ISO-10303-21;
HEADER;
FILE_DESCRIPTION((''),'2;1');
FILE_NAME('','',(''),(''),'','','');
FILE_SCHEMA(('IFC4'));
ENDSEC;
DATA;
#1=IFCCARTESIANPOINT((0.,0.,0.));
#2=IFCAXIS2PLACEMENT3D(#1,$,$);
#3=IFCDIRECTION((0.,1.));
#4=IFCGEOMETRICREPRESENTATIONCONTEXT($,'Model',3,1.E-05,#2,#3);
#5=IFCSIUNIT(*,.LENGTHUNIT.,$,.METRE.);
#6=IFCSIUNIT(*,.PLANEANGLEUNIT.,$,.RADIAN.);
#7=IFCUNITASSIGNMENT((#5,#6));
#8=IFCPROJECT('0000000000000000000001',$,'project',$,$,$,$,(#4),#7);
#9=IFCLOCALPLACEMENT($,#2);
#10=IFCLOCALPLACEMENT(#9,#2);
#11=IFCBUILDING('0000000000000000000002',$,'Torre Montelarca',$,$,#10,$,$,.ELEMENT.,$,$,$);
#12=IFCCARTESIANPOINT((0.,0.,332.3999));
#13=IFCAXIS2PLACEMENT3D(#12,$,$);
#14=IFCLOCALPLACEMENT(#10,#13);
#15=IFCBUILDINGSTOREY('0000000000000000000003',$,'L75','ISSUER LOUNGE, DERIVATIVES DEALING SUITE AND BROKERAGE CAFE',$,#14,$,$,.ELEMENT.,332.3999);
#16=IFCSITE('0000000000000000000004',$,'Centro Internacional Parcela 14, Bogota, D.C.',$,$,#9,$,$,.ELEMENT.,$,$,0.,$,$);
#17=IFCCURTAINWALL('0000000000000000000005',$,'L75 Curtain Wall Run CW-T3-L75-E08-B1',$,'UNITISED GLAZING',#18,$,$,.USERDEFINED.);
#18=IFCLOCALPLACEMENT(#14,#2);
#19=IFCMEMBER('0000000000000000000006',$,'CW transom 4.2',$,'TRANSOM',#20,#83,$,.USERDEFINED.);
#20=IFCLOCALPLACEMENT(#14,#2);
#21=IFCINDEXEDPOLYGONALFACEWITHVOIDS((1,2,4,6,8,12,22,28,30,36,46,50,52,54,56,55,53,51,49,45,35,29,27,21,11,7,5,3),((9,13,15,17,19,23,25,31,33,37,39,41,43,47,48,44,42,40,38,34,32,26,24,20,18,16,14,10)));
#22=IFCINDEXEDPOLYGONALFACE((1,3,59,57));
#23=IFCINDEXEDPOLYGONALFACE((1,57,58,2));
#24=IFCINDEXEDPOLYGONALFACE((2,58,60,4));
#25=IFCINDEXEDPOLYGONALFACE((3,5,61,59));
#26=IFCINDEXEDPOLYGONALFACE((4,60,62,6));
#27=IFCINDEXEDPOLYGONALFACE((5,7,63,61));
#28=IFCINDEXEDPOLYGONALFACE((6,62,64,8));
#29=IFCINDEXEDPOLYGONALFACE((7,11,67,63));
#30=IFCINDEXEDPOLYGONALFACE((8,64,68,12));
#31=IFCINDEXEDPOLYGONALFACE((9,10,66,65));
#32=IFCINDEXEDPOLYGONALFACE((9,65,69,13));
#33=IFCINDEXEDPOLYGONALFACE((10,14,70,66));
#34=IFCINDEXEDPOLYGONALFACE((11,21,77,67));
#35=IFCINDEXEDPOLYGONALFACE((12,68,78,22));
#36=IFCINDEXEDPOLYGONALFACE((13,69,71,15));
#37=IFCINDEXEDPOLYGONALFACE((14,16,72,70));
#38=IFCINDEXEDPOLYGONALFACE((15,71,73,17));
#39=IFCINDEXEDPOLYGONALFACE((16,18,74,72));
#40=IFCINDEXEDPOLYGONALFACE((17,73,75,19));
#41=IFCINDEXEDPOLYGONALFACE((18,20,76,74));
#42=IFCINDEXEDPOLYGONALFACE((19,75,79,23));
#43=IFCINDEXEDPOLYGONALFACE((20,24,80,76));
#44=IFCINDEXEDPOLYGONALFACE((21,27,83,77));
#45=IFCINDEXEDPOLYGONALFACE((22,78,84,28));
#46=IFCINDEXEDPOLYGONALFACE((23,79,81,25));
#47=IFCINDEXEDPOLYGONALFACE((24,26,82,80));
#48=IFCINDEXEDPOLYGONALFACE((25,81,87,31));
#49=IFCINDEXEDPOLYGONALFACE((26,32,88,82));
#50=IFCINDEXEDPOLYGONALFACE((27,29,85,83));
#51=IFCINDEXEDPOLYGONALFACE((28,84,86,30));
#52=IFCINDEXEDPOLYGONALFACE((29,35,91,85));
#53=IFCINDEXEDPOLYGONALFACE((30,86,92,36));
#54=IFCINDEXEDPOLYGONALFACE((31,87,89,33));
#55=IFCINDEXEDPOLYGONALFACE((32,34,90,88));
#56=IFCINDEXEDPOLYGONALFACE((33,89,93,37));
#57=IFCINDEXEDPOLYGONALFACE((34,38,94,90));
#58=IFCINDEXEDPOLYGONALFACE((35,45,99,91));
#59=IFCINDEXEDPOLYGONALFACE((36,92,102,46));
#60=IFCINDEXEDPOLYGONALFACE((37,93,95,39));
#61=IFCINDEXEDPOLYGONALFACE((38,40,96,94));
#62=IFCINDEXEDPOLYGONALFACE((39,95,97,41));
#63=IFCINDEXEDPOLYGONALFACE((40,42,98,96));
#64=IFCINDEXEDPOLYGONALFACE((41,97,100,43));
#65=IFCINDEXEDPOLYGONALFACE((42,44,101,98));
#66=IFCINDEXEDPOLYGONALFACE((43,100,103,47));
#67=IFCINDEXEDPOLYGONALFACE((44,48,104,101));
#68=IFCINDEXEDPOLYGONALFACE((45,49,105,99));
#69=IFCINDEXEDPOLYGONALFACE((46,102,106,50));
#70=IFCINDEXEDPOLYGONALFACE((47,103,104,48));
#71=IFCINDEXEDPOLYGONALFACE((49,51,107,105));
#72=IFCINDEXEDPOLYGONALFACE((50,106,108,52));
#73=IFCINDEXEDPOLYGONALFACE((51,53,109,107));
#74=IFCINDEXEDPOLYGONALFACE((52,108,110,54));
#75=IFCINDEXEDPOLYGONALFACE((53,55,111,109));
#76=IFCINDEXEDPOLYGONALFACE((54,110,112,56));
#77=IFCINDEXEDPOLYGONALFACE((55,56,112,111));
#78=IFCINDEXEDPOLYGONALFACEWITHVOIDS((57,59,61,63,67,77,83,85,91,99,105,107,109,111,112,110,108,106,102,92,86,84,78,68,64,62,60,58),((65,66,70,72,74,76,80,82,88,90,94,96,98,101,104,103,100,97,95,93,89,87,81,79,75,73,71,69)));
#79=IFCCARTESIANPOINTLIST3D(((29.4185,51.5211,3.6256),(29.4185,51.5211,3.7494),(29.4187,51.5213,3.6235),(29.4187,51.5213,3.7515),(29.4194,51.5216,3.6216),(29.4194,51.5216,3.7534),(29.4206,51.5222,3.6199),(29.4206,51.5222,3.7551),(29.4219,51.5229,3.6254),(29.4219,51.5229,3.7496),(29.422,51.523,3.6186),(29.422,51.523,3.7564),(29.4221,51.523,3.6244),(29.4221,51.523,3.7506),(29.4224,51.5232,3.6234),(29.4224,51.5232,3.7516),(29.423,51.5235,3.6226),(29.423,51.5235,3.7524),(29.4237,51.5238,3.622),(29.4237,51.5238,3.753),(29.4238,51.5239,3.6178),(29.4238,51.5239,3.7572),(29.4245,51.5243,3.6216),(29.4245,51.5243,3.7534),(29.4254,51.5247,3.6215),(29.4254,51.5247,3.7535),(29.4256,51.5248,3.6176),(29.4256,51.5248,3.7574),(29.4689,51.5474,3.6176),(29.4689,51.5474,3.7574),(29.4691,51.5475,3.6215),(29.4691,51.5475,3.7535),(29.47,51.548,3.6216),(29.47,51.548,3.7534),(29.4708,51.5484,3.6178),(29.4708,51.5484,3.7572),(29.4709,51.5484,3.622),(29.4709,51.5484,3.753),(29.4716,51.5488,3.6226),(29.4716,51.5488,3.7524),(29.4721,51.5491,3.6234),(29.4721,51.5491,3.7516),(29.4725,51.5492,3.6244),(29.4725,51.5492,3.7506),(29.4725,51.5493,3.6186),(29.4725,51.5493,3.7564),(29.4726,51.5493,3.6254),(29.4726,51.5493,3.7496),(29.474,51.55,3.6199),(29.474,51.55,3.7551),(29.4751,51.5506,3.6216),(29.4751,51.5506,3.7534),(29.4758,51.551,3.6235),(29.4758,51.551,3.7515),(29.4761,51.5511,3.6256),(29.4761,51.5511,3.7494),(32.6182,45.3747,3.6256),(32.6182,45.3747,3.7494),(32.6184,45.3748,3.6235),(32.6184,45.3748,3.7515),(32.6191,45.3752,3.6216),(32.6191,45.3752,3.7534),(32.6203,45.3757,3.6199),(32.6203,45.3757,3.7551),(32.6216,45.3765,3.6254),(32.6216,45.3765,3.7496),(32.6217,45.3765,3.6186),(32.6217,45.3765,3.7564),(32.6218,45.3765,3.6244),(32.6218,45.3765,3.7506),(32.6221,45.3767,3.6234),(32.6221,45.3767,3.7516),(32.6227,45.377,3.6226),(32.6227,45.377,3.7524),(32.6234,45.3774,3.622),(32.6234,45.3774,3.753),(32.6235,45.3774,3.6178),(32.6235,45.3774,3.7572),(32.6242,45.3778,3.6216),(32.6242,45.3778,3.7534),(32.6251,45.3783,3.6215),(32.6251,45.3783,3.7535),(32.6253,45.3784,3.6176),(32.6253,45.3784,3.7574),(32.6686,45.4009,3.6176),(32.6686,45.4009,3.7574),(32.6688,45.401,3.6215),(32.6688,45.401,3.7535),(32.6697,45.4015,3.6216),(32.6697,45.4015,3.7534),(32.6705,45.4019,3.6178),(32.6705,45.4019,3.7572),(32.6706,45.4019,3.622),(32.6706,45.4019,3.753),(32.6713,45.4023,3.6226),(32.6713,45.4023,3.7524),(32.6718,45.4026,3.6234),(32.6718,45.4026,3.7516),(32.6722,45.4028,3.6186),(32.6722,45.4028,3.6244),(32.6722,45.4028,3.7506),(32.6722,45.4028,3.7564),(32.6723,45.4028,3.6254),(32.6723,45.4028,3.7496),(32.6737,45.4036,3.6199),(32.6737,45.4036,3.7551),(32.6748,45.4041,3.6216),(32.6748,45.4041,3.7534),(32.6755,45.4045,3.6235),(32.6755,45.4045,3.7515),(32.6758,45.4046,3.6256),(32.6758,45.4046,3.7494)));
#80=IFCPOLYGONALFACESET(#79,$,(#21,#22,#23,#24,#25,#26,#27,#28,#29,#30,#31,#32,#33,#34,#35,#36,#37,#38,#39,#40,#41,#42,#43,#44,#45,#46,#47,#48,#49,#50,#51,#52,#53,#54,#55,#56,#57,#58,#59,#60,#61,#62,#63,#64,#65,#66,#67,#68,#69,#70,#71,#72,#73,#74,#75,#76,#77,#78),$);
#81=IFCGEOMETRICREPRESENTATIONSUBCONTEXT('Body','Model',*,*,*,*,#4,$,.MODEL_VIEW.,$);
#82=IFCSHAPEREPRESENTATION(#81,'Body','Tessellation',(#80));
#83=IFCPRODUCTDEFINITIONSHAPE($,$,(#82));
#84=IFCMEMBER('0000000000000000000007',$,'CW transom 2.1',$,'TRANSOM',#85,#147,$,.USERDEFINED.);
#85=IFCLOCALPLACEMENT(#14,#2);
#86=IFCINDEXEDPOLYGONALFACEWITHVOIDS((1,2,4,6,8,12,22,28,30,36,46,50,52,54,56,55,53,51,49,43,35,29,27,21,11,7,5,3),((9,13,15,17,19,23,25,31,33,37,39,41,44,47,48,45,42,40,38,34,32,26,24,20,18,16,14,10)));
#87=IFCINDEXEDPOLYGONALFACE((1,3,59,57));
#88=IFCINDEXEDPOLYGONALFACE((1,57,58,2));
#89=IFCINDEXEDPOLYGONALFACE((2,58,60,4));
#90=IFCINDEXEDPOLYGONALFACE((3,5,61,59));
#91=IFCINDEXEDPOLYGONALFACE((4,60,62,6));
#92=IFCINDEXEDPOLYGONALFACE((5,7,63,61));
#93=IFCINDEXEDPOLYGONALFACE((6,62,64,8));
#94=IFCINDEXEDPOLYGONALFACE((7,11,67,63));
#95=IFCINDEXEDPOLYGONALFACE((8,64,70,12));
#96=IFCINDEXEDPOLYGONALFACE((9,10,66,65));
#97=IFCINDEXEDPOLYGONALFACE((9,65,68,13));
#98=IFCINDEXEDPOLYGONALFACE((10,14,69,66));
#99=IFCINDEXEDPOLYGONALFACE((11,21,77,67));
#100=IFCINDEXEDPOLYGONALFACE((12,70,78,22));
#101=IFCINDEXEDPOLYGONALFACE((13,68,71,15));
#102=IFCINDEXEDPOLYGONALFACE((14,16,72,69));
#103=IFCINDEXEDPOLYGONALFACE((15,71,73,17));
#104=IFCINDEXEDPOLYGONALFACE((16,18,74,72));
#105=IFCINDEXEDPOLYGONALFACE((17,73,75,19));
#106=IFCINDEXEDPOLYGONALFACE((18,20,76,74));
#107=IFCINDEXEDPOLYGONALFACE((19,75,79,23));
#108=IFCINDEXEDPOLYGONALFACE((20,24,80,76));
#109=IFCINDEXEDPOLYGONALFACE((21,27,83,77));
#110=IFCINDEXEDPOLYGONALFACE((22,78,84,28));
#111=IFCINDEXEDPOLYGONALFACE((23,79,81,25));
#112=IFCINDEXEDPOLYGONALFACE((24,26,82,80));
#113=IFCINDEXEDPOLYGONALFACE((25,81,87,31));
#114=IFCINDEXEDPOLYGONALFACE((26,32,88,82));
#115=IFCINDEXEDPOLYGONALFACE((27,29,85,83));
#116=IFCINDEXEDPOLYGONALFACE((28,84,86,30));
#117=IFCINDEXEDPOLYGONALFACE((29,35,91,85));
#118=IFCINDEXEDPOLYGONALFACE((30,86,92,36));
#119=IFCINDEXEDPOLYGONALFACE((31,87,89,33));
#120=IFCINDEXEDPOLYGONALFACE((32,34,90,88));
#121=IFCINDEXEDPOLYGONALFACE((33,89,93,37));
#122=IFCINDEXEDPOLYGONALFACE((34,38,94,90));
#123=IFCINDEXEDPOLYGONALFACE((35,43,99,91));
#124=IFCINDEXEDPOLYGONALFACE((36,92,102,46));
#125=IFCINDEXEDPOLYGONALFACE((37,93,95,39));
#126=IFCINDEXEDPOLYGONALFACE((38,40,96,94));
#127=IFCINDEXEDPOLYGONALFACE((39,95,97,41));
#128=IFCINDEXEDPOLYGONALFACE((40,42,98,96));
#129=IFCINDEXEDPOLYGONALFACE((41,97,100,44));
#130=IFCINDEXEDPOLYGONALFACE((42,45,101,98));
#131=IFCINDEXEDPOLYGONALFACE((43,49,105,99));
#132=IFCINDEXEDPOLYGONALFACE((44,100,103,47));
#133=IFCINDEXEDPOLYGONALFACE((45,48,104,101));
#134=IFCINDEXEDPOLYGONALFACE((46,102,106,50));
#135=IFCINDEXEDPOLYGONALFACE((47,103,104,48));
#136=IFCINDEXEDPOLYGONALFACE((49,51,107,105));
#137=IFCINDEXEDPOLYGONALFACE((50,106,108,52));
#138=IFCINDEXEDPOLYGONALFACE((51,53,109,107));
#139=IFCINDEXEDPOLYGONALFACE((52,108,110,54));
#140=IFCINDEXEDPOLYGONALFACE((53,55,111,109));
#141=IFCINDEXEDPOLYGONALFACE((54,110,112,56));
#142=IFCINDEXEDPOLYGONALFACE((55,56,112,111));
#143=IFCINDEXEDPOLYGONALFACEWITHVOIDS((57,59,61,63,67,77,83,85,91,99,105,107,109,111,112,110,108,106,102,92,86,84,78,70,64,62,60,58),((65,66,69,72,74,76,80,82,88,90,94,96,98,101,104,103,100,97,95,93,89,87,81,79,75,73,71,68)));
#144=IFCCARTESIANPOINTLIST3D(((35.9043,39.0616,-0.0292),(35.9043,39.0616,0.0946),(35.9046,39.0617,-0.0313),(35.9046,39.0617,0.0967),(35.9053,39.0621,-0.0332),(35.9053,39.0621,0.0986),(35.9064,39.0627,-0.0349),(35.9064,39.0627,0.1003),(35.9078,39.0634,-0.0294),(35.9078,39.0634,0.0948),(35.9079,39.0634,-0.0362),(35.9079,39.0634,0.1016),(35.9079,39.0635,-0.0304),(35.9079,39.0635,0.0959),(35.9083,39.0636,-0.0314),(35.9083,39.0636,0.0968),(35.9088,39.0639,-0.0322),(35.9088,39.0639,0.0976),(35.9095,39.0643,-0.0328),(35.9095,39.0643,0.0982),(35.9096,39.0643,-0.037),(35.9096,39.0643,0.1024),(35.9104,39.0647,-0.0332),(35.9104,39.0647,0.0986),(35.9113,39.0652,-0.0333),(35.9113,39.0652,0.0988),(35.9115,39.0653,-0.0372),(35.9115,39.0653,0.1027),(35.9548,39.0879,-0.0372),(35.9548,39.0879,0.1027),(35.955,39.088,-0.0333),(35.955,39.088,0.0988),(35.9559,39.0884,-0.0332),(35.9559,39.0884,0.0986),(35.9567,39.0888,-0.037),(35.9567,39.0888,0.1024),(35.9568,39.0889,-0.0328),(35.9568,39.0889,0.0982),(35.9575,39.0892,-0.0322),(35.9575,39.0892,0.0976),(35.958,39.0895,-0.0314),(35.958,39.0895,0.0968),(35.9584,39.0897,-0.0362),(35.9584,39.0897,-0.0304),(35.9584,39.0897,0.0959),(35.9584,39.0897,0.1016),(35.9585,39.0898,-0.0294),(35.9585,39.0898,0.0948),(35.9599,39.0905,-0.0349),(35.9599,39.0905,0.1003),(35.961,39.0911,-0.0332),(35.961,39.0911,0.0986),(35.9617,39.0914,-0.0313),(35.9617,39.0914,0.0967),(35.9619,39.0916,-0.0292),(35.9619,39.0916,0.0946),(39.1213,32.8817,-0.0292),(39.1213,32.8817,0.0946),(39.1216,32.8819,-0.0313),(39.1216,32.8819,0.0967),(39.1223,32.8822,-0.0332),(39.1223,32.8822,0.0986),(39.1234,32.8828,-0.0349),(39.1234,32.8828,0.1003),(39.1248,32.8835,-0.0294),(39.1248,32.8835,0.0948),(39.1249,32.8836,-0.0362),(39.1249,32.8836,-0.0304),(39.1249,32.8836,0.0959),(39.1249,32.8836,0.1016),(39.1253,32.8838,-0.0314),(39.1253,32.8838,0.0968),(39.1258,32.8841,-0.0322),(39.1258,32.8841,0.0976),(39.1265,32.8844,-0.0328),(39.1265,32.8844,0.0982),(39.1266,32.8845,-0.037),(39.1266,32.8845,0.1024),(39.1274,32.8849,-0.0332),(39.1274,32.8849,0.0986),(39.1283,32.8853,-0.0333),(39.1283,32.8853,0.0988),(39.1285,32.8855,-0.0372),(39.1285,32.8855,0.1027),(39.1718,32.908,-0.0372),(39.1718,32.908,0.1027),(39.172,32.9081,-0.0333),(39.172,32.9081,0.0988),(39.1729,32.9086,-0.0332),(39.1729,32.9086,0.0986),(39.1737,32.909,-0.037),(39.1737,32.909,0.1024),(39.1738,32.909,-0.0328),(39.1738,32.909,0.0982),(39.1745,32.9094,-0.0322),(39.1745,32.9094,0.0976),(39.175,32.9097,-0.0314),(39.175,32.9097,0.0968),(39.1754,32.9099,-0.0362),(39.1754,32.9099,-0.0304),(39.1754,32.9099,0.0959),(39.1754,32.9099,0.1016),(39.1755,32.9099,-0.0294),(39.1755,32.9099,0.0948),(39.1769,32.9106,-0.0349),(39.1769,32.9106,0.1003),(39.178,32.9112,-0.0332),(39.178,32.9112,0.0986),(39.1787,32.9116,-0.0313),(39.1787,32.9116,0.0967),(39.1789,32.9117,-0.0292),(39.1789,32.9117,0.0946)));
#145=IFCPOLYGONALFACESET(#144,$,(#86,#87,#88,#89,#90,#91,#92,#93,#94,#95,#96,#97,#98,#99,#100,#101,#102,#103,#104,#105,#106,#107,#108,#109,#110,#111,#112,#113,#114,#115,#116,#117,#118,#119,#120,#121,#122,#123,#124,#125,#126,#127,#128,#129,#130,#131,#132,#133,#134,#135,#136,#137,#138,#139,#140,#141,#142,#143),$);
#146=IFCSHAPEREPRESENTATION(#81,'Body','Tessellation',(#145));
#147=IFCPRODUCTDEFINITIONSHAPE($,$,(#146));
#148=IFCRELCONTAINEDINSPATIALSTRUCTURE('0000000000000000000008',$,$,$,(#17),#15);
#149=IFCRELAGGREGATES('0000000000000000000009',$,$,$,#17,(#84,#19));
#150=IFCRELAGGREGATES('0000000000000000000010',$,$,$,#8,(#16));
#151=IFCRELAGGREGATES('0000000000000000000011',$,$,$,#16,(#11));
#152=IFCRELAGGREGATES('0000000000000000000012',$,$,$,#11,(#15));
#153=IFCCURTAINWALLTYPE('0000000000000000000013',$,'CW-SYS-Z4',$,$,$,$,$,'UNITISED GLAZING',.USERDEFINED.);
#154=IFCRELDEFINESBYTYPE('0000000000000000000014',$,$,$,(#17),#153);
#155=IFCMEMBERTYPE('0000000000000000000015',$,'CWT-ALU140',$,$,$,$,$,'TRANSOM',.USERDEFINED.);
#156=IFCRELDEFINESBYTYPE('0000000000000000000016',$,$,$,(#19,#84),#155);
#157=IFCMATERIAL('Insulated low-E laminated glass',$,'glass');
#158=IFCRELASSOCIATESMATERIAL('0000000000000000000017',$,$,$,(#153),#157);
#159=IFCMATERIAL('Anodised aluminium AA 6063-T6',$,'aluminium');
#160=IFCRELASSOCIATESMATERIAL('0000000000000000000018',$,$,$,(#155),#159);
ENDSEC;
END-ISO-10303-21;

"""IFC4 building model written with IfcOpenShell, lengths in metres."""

from ifc_helpers import new_model, si_unit, direction, frame, origin, origin_2d, place, context, subcontext, project, spatial, hollow_rectangle, extrude, source, transform, mapped, material, material_profile, profile_set, type_object, element, aggregate, save


model = new_model("IFC4")

# Units and contexts
model_context = context("Model", 3, precision=1e-05, world=origin(), true_north=direction((0.0, 1.0)))
body_context = subcontext(model_context, "Body", "Model", "MODEL_VIEW")
ifc_project = project(units=[si_unit("LENGTHUNIT", "METRE"), si_unit("PLANEANGLEUNIT", "RADIAN")], contexts=[model_context])

# Site, building, storey
site_placement = place(None, origin())
site = spatial("IfcSite", under=ifc_project, at=site_placement, Name="Centro Internacional Parcela 14, Bogota, D.C.", CompositionType="ELEMENT", RefElevation=0.0)
building_placement = place(site_placement, origin())
building = spatial("IfcBuilding", under=site, at=building_placement, Name="Torre Montelarca", CompositionType="ELEMENT")
storey_placement = place(building_placement, frame((0.0, 0.0, 332.3999)))
storey = spatial("IfcBuildingStorey", under=building, at=storey_placement, Name="L75", Description="ISSUER LOUNGE, DERIVATIVES DEALING SUITE AND BROKERAGE CAFE", CompositionType="ELEMENT", Elevation=332.3999)

# Curtain wall
ifc_material_1 = material(Name="Insulated low-E laminated glass", Category="glass")
curtain_wall_type = type_object("IfcCurtainWallType", Name="CW-SYS-Z4", ElementType="UNITISED GLAZING", PredefinedType="USERDEFINED", material=ifc_material_1)
curtain_wall_1_placement = place(storey_placement, origin())
curtain_wall_1 = element("IfcCurtainWall", 1, at=curtain_wall_1_placement, inside=storey, type_object=curtain_wall_type, Name="L75 Curtain Wall Run CW-T3-L75-E08-B1", ObjectType="UNITISED GLAZING", PredefinedType="USERDEFINED")
ifc_material_2 = material(Name="Anodised aluminium AA 6063-T6", Category="aluminium")
ifc_material_profile_1 = material_profile(ifc_material_2, hollow_rectangle(XDim=0.0649, YDim=0.1399, WallThickness=0.0039, InnerFilletRadius=0.0039, OuterFilletRadius=0.0081, at=origin_2d()), Name="ALU65X140X4", Category="aluminium")
ifc_profile_set_1 = profile_set([ifc_material_profile_1], Name="Anodised aluminium AA 6063-T6")
member_type_1 = type_object("IfcMemberType", Name="CWT-ALU140", ElementType="TRANSOM", PredefinedType="USERDEFINED", material=ifc_profile_set_1)

# Members
shared_shape_1 = source(origin(), body_context, "Body", "SweptSolid", [
    extrude(hollow_rectangle(XDim=0.0649, YDim=0.1399, WallThickness=0.0039, InnerFilletRadius=0.0039, OuterFilletRadius=0.0081, at=origin_2d()), origin(), (0.0, 0.0, 1.0), 6.9294),
])
member_1_placement = place(storey_placement, frame((32.647, 45.3896, 3.6875), z_axis=(-0.461754, 0.887008, 0.0), x_axis=(-0.887008, -0.461754, 0.0)))
member_1 = element("IfcMember", 2, at=member_1_placement, type_object=member_type_1, Name="CW transom 4.2", ObjectType="TRANSOM", PredefinedType="USERDEFINED", context=body_context, shape_type="MappedRepresentation", body=[
    mapped(shared_shape_1, transform((0.0, 0.0, 0.0), scale=1.0)),
])
shared_shape_2 = source(origin(), body_context, "Body", "SweptSolid", [
    extrude(hollow_rectangle(XDim=0.0649, YDim=0.1399, WallThickness=0.0039, InnerFilletRadius=0.0039, OuterFilletRadius=0.0081, at=origin_2d()), origin(), (0.0, 0.0, 1.0), 6.967),
])
member_2_placement = place(storey_placement, frame((39.1501, 32.8967, 0.0327), z_axis=(-0.461745, 0.887012, 0.0), x_axis=(-0.887012, -0.461745, 0.0)))
member_2 = element("IfcMember", 3, at=member_2_placement, type_object=member_type_1, Name="CW transom 2.1", ObjectType="TRANSOM", PredefinedType="USERDEFINED", context=body_context, shape_type="MappedRepresentation", body=[
    mapped(shared_shape_2, transform((0.0, 0.0, 0.0), scale=1.0)),
])

aggregate(curtain_wall_1, [member_2, member_1])

save(model, "model.ifc")
